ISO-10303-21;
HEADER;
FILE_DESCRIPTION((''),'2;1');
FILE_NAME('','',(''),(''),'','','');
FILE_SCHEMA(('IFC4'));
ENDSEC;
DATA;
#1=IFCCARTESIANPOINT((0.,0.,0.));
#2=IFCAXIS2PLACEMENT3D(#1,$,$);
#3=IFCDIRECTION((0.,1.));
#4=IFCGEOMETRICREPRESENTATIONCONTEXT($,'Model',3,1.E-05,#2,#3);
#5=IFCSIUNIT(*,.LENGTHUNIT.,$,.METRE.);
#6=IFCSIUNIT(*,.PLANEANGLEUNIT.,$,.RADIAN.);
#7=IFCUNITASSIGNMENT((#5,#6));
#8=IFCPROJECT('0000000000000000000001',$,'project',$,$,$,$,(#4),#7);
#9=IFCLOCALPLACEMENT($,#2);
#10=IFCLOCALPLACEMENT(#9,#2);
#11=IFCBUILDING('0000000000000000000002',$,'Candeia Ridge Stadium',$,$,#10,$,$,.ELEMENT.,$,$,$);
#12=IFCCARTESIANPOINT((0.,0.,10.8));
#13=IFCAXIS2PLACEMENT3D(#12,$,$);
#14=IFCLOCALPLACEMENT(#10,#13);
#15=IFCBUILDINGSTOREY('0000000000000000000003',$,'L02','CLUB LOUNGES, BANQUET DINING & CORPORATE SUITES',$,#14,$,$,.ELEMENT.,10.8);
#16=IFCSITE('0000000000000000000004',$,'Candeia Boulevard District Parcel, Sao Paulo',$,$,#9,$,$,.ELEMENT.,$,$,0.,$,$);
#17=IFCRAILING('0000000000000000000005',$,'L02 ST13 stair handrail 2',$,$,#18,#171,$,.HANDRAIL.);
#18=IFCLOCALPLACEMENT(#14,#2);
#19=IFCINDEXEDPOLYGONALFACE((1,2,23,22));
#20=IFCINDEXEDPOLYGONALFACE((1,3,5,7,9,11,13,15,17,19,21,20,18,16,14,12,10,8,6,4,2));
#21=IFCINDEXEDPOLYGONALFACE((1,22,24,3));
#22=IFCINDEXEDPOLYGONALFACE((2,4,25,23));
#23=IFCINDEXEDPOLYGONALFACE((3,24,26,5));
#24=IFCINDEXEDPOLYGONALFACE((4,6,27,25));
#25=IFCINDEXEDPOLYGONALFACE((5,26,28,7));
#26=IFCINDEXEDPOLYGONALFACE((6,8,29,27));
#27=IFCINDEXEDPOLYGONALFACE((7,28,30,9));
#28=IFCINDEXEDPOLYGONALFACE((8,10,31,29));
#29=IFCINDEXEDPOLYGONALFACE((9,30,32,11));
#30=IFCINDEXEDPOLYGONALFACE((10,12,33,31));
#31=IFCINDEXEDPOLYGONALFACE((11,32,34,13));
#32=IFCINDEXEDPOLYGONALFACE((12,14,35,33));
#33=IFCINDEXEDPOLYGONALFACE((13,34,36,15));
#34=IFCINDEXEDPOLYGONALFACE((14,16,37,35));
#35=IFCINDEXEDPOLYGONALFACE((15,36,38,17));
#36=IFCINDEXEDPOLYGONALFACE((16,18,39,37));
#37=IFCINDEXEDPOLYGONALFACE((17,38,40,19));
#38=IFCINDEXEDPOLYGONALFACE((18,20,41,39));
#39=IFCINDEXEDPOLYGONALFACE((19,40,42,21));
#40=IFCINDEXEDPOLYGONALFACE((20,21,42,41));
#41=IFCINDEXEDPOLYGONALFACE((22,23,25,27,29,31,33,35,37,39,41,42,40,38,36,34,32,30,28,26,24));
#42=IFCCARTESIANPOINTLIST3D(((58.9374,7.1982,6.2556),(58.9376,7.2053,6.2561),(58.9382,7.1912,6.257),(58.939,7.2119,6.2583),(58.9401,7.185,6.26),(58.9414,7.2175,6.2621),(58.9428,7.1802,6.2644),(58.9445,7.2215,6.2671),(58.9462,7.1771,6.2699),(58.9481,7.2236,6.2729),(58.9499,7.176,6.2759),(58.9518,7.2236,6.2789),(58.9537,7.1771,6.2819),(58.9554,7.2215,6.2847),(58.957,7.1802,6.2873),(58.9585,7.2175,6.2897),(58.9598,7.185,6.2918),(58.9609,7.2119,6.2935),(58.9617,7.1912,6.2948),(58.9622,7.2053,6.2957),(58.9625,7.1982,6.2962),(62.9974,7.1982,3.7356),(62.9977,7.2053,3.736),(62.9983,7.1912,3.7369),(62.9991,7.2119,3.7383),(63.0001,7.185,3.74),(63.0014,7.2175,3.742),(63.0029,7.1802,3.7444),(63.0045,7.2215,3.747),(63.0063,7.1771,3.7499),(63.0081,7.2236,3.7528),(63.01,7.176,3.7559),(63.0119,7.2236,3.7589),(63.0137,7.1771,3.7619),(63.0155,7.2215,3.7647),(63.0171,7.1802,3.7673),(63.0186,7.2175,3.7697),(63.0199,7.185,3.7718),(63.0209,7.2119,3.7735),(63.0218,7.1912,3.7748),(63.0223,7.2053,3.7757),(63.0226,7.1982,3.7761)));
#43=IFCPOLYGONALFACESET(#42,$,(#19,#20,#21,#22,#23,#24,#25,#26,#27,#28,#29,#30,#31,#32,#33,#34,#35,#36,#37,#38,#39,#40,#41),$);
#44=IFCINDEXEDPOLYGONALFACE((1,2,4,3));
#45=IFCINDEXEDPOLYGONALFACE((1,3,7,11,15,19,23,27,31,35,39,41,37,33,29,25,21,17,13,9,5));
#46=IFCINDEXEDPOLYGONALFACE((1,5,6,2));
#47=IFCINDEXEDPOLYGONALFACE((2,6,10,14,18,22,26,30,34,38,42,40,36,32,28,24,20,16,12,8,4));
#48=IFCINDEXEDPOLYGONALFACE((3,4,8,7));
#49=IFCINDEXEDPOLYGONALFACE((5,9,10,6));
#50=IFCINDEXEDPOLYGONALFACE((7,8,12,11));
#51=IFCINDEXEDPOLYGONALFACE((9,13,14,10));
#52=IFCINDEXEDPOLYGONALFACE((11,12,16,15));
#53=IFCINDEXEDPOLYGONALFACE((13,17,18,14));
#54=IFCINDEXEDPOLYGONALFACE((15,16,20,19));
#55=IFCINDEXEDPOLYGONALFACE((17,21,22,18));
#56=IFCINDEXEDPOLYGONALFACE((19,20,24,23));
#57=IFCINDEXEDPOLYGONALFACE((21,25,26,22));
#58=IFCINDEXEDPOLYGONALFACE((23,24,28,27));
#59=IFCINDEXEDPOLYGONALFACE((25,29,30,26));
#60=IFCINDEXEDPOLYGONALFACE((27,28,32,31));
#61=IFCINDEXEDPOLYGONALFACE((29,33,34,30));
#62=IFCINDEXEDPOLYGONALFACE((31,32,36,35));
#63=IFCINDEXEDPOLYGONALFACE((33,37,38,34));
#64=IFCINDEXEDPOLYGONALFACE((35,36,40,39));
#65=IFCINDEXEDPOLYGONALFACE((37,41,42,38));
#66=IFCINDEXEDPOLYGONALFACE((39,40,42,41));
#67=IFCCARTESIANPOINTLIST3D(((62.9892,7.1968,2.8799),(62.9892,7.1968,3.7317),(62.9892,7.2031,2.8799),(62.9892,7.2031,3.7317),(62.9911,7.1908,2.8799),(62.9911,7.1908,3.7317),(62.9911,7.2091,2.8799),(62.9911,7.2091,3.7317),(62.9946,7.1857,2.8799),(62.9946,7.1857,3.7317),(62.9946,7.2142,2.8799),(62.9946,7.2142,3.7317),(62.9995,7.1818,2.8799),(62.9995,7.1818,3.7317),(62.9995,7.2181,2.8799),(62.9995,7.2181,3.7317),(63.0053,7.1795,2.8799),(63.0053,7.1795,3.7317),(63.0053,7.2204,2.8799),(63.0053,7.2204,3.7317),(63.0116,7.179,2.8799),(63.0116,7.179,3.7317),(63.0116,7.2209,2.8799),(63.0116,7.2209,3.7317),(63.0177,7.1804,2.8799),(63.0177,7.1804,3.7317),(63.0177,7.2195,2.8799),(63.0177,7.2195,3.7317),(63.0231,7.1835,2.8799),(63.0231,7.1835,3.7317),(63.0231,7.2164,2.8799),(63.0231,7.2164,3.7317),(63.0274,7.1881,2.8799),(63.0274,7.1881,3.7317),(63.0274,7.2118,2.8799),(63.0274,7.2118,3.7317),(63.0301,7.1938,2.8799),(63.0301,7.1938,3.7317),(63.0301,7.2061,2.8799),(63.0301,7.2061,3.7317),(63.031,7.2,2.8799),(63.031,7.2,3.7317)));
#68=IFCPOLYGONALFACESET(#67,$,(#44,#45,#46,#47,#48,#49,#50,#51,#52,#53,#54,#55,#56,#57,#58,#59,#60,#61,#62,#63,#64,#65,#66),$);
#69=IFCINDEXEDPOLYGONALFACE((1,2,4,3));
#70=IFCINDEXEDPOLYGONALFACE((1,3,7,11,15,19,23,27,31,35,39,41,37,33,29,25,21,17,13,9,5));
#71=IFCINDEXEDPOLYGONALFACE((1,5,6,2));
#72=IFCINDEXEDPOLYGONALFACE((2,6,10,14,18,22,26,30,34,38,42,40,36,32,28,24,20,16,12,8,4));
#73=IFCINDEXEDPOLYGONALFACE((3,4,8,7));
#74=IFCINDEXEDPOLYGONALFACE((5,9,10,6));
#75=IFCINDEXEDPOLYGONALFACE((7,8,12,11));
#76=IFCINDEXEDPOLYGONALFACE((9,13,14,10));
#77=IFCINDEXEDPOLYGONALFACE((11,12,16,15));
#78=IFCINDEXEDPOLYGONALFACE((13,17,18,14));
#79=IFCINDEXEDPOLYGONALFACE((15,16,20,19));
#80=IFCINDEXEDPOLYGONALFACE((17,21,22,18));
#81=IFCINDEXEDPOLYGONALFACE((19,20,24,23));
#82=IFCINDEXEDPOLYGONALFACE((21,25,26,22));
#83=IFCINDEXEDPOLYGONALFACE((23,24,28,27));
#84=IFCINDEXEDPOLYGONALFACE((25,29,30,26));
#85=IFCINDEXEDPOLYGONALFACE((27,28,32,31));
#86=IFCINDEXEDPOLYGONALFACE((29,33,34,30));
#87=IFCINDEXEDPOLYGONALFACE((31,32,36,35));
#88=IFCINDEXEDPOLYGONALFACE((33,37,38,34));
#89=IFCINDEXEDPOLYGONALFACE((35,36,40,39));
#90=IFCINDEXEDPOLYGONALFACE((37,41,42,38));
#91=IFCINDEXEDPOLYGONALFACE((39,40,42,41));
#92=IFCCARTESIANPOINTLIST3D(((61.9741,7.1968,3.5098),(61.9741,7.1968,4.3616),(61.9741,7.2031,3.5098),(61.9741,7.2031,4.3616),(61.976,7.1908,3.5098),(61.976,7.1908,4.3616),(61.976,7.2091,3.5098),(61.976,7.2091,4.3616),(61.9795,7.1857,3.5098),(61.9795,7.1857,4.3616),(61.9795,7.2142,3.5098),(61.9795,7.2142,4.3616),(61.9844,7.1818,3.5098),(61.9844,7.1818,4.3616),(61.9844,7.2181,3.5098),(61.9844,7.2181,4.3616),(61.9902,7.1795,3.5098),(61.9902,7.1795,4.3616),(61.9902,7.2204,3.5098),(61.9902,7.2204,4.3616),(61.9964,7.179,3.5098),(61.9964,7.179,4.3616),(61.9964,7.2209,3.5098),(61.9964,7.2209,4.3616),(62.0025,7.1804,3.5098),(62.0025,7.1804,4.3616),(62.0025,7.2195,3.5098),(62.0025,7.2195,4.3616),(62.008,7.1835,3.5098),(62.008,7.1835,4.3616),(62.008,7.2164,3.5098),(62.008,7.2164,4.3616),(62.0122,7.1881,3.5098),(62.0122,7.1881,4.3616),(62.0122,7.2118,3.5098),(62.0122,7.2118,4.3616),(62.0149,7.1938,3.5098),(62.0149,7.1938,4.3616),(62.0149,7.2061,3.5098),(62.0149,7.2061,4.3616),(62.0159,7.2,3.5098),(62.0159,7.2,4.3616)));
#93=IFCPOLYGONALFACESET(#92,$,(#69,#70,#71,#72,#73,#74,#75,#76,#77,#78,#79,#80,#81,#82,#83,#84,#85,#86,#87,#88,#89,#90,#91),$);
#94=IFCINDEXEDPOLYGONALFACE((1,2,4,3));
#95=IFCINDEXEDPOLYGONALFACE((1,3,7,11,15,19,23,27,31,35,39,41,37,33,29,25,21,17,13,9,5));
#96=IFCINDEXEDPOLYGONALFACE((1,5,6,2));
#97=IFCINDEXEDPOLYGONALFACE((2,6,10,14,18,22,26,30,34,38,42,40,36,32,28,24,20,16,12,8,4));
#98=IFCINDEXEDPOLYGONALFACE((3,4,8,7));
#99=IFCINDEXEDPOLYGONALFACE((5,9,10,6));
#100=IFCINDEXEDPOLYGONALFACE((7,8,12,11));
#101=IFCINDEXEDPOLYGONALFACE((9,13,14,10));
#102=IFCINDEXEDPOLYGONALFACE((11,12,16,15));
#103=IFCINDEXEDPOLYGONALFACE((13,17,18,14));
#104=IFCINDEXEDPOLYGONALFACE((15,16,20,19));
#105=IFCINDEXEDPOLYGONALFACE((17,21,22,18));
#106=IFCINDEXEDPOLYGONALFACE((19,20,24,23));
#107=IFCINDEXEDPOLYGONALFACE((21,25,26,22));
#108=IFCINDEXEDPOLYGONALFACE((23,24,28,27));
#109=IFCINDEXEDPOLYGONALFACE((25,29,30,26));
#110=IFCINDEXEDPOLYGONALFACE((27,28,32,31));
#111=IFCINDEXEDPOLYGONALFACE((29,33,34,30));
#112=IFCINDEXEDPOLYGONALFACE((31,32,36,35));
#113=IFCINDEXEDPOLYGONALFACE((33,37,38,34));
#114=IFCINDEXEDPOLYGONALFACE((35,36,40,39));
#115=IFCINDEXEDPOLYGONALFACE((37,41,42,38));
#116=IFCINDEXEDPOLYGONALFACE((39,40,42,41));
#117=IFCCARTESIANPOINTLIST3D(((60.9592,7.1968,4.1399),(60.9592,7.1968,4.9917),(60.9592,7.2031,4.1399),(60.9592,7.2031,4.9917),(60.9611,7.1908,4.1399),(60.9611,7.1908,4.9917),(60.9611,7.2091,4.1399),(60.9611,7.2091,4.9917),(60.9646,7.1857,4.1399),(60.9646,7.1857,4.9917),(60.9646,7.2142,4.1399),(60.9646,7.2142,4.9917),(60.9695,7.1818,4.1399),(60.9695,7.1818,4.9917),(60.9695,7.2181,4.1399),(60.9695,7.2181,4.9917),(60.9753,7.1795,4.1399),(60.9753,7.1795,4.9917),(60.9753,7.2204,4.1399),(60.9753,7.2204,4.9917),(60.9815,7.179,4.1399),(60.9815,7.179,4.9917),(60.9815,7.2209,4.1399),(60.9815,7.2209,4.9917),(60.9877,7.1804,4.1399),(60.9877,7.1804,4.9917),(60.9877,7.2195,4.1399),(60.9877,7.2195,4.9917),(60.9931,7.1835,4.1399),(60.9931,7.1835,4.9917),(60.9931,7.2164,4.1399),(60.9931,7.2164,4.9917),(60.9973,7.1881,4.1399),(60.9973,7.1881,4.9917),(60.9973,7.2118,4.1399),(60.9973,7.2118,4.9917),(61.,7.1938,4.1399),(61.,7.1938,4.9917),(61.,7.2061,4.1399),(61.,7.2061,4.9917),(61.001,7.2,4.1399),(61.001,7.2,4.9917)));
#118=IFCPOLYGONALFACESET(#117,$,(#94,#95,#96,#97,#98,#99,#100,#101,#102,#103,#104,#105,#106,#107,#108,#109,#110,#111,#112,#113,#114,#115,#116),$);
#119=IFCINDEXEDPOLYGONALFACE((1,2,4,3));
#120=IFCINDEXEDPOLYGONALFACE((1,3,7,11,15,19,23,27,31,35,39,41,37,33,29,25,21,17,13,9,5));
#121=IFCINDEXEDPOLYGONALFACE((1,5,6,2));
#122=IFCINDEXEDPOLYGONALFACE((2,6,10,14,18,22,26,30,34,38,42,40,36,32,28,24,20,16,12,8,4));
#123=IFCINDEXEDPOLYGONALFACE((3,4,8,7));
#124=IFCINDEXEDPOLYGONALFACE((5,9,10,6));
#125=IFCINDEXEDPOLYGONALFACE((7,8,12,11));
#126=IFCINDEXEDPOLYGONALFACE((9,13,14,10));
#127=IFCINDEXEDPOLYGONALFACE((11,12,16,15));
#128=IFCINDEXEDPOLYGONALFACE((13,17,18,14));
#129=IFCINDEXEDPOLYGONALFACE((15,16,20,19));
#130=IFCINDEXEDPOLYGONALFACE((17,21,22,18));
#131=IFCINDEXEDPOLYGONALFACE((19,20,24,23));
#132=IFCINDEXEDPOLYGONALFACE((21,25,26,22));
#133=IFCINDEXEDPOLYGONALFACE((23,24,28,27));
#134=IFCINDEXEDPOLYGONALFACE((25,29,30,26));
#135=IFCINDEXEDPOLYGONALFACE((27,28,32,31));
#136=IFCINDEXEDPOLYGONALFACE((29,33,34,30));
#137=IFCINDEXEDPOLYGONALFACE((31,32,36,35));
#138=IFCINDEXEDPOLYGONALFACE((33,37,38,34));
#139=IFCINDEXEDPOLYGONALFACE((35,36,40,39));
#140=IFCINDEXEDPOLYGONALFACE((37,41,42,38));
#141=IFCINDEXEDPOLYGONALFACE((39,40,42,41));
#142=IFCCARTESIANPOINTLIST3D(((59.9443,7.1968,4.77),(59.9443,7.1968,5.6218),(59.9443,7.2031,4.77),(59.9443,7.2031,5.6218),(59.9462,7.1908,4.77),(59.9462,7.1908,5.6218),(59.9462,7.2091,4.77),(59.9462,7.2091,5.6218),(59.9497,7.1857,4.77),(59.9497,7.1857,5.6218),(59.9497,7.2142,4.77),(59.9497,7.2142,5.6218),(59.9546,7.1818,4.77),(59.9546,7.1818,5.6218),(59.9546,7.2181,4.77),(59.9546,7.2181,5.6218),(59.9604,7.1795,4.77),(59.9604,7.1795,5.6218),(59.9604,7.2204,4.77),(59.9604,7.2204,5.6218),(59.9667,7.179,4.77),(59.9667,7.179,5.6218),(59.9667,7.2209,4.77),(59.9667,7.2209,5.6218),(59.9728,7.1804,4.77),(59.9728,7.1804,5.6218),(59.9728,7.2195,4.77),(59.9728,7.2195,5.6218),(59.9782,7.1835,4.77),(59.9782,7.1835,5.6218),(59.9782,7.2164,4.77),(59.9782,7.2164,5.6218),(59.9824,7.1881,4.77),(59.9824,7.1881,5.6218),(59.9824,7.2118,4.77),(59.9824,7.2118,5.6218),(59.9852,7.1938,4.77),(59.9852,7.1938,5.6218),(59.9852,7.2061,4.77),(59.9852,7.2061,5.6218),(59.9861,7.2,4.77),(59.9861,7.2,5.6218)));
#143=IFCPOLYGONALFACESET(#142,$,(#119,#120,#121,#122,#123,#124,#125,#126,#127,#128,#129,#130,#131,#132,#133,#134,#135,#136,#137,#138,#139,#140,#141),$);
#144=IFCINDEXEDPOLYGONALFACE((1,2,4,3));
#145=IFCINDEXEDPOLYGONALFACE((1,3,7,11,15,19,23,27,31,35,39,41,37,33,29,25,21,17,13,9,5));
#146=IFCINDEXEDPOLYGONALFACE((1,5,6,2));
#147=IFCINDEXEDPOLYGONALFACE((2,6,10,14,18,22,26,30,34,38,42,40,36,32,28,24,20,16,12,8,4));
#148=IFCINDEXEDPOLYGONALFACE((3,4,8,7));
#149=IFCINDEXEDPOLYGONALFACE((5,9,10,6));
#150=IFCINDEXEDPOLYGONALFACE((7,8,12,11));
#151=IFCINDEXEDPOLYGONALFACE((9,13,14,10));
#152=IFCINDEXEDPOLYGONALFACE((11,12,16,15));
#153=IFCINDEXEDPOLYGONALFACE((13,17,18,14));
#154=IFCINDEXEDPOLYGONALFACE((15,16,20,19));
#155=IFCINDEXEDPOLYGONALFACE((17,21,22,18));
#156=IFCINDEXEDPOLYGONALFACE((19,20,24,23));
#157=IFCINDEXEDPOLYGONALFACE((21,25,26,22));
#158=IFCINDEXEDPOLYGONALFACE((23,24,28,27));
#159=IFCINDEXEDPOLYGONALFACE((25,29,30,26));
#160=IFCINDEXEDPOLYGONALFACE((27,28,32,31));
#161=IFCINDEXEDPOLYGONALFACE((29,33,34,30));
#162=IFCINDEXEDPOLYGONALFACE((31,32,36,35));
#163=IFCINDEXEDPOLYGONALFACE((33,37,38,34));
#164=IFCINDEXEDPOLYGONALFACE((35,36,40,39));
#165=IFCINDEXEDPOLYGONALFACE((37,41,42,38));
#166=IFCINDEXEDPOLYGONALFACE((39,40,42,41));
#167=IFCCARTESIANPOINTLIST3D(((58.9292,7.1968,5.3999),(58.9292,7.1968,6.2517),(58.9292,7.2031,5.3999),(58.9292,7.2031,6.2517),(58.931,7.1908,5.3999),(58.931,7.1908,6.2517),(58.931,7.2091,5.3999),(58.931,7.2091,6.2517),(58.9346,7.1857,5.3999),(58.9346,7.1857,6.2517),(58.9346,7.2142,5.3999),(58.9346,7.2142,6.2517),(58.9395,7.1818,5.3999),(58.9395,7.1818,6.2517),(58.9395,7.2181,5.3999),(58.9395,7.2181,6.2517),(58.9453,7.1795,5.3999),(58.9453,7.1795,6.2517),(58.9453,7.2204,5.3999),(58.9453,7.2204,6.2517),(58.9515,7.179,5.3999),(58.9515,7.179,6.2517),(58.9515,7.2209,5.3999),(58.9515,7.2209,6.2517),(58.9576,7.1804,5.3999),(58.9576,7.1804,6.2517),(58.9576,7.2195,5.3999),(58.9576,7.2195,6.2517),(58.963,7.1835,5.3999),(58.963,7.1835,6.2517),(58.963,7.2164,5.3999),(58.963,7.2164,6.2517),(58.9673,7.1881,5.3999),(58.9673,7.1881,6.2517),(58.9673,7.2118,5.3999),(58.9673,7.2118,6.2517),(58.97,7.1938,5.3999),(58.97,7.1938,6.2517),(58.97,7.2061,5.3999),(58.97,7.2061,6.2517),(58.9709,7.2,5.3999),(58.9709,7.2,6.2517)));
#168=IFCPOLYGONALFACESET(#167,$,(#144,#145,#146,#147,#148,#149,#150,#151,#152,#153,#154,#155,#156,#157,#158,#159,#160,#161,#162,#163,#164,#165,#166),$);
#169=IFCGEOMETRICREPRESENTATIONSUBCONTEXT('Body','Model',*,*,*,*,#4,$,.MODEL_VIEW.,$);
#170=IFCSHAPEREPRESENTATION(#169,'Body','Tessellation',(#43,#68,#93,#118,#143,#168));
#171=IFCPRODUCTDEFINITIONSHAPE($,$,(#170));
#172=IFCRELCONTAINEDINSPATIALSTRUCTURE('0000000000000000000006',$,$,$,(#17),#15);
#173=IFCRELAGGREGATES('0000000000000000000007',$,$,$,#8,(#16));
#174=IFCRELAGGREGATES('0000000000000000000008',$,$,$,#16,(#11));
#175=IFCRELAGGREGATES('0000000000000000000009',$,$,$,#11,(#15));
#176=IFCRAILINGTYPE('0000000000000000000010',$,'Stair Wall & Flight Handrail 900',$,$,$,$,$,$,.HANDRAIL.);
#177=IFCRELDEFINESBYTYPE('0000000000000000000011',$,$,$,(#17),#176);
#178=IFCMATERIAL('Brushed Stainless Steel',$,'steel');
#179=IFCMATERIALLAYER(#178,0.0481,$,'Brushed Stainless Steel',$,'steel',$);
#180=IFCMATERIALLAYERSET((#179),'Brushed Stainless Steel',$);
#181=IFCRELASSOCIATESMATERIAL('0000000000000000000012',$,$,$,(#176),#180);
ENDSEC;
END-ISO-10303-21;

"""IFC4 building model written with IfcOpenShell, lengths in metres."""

from ifc_helpers import new_model, si_unit, direction, frame, origin, origin_2d, place, context, subcontext, project, spatial, circle, extrude, material, layer, layer_set, type_object, element, save


model = new_model("IFC4")

# Units and contexts
model_context = context("Model", 3, precision=1e-05, world=origin(), true_north=direction((0.0, 1.0)))
body_context = subcontext(model_context, "Body", "Model", "MODEL_VIEW")
ifc_project = project(units=[si_unit("LENGTHUNIT", "METRE"), si_unit("PLANEANGLEUNIT", "RADIAN")], contexts=[model_context])

# Site, building, storey
site_placement = place(None, origin())
site = spatial("IfcSite", under=ifc_project, at=site_placement, Name="Candeia Boulevard District Parcel, Sao Paulo", CompositionType="ELEMENT", RefElevation=0.0)
building_placement = place(site_placement, origin())
building = spatial("IfcBuilding", under=site, at=building_placement, Name="Candeia Ridge Stadium", CompositionType="ELEMENT")
storey_placement = place(building_placement, frame((0.0, 0.0, 10.8)))
storey = spatial("IfcBuildingStorey", under=building, at=storey_placement, Name="L02", Description="CLUB LOUNGES, BANQUET DINING & CORPORATE SUITES", CompositionType="ELEMENT", Elevation=10.8)

# Shared definitions
ifc_material_1 = material(Name="Brushed Stainless Steel", Category="steel")

# Railing
ifc_layer_1 = layer(ifc_material_1, 0.0481, Name="Brushed Stainless Steel", Category="steel")
ifc_layer_set_1 = layer_set([ifc_layer_1], Name="Brushed Stainless Steel")
railing_type_1 = type_object("IfcRailingType", Name="Stair Wall & Flight Handrail 900", PredefinedType="HANDRAIL", material=ifc_layer_set_1)
railing_1_placement = place(storey_placement, frame((63.01, 7.2, 2.8799)))
element("IfcRailing", 1, at=railing_1_placement, inside=storey, type_object=railing_type_1, Name="L02 ST13 stair handrail 2", PredefinedType="HANDRAIL", context=body_context, shape_type="SweptSolid", body=[
    extrude(circle(Radius=0.0239, at=origin_2d()), frame((0.0, 0.0, 0.876), z_axis=(-0.849642, 0.0, 0.52736), x_axis=(0.0, -1.0, 0.0)), (0.0, 0.0, 1.0), 4.7786),
    extrude(circle(Radius=0.021, at=origin_2d()), origin(), (0.0, 0.0, 1.0), 0.8518),
    extrude(circle(Radius=0.021, at=origin_2d()), frame((-1.0151, 0.0, 0.6299)), (0.0, 0.0, 1.0), 0.8518),
    extrude(circle(Radius=0.021, at=origin_2d()), frame((-2.03, 0.0, 1.26)), (0.0, 0.0, 1.0), 0.8518),
    extrude(circle(Radius=0.021, at=origin_2d()), frame((-3.0449, 0.0, 1.8901)), (0.0, 0.0, 1.0), 0.8518),
    extrude(circle(Radius=0.021, at=origin_2d()), frame((-4.0601, 0.0, 2.52)), (0.0, 0.0, 1.0), 0.8518),
])

save(model, "model.ifc")
